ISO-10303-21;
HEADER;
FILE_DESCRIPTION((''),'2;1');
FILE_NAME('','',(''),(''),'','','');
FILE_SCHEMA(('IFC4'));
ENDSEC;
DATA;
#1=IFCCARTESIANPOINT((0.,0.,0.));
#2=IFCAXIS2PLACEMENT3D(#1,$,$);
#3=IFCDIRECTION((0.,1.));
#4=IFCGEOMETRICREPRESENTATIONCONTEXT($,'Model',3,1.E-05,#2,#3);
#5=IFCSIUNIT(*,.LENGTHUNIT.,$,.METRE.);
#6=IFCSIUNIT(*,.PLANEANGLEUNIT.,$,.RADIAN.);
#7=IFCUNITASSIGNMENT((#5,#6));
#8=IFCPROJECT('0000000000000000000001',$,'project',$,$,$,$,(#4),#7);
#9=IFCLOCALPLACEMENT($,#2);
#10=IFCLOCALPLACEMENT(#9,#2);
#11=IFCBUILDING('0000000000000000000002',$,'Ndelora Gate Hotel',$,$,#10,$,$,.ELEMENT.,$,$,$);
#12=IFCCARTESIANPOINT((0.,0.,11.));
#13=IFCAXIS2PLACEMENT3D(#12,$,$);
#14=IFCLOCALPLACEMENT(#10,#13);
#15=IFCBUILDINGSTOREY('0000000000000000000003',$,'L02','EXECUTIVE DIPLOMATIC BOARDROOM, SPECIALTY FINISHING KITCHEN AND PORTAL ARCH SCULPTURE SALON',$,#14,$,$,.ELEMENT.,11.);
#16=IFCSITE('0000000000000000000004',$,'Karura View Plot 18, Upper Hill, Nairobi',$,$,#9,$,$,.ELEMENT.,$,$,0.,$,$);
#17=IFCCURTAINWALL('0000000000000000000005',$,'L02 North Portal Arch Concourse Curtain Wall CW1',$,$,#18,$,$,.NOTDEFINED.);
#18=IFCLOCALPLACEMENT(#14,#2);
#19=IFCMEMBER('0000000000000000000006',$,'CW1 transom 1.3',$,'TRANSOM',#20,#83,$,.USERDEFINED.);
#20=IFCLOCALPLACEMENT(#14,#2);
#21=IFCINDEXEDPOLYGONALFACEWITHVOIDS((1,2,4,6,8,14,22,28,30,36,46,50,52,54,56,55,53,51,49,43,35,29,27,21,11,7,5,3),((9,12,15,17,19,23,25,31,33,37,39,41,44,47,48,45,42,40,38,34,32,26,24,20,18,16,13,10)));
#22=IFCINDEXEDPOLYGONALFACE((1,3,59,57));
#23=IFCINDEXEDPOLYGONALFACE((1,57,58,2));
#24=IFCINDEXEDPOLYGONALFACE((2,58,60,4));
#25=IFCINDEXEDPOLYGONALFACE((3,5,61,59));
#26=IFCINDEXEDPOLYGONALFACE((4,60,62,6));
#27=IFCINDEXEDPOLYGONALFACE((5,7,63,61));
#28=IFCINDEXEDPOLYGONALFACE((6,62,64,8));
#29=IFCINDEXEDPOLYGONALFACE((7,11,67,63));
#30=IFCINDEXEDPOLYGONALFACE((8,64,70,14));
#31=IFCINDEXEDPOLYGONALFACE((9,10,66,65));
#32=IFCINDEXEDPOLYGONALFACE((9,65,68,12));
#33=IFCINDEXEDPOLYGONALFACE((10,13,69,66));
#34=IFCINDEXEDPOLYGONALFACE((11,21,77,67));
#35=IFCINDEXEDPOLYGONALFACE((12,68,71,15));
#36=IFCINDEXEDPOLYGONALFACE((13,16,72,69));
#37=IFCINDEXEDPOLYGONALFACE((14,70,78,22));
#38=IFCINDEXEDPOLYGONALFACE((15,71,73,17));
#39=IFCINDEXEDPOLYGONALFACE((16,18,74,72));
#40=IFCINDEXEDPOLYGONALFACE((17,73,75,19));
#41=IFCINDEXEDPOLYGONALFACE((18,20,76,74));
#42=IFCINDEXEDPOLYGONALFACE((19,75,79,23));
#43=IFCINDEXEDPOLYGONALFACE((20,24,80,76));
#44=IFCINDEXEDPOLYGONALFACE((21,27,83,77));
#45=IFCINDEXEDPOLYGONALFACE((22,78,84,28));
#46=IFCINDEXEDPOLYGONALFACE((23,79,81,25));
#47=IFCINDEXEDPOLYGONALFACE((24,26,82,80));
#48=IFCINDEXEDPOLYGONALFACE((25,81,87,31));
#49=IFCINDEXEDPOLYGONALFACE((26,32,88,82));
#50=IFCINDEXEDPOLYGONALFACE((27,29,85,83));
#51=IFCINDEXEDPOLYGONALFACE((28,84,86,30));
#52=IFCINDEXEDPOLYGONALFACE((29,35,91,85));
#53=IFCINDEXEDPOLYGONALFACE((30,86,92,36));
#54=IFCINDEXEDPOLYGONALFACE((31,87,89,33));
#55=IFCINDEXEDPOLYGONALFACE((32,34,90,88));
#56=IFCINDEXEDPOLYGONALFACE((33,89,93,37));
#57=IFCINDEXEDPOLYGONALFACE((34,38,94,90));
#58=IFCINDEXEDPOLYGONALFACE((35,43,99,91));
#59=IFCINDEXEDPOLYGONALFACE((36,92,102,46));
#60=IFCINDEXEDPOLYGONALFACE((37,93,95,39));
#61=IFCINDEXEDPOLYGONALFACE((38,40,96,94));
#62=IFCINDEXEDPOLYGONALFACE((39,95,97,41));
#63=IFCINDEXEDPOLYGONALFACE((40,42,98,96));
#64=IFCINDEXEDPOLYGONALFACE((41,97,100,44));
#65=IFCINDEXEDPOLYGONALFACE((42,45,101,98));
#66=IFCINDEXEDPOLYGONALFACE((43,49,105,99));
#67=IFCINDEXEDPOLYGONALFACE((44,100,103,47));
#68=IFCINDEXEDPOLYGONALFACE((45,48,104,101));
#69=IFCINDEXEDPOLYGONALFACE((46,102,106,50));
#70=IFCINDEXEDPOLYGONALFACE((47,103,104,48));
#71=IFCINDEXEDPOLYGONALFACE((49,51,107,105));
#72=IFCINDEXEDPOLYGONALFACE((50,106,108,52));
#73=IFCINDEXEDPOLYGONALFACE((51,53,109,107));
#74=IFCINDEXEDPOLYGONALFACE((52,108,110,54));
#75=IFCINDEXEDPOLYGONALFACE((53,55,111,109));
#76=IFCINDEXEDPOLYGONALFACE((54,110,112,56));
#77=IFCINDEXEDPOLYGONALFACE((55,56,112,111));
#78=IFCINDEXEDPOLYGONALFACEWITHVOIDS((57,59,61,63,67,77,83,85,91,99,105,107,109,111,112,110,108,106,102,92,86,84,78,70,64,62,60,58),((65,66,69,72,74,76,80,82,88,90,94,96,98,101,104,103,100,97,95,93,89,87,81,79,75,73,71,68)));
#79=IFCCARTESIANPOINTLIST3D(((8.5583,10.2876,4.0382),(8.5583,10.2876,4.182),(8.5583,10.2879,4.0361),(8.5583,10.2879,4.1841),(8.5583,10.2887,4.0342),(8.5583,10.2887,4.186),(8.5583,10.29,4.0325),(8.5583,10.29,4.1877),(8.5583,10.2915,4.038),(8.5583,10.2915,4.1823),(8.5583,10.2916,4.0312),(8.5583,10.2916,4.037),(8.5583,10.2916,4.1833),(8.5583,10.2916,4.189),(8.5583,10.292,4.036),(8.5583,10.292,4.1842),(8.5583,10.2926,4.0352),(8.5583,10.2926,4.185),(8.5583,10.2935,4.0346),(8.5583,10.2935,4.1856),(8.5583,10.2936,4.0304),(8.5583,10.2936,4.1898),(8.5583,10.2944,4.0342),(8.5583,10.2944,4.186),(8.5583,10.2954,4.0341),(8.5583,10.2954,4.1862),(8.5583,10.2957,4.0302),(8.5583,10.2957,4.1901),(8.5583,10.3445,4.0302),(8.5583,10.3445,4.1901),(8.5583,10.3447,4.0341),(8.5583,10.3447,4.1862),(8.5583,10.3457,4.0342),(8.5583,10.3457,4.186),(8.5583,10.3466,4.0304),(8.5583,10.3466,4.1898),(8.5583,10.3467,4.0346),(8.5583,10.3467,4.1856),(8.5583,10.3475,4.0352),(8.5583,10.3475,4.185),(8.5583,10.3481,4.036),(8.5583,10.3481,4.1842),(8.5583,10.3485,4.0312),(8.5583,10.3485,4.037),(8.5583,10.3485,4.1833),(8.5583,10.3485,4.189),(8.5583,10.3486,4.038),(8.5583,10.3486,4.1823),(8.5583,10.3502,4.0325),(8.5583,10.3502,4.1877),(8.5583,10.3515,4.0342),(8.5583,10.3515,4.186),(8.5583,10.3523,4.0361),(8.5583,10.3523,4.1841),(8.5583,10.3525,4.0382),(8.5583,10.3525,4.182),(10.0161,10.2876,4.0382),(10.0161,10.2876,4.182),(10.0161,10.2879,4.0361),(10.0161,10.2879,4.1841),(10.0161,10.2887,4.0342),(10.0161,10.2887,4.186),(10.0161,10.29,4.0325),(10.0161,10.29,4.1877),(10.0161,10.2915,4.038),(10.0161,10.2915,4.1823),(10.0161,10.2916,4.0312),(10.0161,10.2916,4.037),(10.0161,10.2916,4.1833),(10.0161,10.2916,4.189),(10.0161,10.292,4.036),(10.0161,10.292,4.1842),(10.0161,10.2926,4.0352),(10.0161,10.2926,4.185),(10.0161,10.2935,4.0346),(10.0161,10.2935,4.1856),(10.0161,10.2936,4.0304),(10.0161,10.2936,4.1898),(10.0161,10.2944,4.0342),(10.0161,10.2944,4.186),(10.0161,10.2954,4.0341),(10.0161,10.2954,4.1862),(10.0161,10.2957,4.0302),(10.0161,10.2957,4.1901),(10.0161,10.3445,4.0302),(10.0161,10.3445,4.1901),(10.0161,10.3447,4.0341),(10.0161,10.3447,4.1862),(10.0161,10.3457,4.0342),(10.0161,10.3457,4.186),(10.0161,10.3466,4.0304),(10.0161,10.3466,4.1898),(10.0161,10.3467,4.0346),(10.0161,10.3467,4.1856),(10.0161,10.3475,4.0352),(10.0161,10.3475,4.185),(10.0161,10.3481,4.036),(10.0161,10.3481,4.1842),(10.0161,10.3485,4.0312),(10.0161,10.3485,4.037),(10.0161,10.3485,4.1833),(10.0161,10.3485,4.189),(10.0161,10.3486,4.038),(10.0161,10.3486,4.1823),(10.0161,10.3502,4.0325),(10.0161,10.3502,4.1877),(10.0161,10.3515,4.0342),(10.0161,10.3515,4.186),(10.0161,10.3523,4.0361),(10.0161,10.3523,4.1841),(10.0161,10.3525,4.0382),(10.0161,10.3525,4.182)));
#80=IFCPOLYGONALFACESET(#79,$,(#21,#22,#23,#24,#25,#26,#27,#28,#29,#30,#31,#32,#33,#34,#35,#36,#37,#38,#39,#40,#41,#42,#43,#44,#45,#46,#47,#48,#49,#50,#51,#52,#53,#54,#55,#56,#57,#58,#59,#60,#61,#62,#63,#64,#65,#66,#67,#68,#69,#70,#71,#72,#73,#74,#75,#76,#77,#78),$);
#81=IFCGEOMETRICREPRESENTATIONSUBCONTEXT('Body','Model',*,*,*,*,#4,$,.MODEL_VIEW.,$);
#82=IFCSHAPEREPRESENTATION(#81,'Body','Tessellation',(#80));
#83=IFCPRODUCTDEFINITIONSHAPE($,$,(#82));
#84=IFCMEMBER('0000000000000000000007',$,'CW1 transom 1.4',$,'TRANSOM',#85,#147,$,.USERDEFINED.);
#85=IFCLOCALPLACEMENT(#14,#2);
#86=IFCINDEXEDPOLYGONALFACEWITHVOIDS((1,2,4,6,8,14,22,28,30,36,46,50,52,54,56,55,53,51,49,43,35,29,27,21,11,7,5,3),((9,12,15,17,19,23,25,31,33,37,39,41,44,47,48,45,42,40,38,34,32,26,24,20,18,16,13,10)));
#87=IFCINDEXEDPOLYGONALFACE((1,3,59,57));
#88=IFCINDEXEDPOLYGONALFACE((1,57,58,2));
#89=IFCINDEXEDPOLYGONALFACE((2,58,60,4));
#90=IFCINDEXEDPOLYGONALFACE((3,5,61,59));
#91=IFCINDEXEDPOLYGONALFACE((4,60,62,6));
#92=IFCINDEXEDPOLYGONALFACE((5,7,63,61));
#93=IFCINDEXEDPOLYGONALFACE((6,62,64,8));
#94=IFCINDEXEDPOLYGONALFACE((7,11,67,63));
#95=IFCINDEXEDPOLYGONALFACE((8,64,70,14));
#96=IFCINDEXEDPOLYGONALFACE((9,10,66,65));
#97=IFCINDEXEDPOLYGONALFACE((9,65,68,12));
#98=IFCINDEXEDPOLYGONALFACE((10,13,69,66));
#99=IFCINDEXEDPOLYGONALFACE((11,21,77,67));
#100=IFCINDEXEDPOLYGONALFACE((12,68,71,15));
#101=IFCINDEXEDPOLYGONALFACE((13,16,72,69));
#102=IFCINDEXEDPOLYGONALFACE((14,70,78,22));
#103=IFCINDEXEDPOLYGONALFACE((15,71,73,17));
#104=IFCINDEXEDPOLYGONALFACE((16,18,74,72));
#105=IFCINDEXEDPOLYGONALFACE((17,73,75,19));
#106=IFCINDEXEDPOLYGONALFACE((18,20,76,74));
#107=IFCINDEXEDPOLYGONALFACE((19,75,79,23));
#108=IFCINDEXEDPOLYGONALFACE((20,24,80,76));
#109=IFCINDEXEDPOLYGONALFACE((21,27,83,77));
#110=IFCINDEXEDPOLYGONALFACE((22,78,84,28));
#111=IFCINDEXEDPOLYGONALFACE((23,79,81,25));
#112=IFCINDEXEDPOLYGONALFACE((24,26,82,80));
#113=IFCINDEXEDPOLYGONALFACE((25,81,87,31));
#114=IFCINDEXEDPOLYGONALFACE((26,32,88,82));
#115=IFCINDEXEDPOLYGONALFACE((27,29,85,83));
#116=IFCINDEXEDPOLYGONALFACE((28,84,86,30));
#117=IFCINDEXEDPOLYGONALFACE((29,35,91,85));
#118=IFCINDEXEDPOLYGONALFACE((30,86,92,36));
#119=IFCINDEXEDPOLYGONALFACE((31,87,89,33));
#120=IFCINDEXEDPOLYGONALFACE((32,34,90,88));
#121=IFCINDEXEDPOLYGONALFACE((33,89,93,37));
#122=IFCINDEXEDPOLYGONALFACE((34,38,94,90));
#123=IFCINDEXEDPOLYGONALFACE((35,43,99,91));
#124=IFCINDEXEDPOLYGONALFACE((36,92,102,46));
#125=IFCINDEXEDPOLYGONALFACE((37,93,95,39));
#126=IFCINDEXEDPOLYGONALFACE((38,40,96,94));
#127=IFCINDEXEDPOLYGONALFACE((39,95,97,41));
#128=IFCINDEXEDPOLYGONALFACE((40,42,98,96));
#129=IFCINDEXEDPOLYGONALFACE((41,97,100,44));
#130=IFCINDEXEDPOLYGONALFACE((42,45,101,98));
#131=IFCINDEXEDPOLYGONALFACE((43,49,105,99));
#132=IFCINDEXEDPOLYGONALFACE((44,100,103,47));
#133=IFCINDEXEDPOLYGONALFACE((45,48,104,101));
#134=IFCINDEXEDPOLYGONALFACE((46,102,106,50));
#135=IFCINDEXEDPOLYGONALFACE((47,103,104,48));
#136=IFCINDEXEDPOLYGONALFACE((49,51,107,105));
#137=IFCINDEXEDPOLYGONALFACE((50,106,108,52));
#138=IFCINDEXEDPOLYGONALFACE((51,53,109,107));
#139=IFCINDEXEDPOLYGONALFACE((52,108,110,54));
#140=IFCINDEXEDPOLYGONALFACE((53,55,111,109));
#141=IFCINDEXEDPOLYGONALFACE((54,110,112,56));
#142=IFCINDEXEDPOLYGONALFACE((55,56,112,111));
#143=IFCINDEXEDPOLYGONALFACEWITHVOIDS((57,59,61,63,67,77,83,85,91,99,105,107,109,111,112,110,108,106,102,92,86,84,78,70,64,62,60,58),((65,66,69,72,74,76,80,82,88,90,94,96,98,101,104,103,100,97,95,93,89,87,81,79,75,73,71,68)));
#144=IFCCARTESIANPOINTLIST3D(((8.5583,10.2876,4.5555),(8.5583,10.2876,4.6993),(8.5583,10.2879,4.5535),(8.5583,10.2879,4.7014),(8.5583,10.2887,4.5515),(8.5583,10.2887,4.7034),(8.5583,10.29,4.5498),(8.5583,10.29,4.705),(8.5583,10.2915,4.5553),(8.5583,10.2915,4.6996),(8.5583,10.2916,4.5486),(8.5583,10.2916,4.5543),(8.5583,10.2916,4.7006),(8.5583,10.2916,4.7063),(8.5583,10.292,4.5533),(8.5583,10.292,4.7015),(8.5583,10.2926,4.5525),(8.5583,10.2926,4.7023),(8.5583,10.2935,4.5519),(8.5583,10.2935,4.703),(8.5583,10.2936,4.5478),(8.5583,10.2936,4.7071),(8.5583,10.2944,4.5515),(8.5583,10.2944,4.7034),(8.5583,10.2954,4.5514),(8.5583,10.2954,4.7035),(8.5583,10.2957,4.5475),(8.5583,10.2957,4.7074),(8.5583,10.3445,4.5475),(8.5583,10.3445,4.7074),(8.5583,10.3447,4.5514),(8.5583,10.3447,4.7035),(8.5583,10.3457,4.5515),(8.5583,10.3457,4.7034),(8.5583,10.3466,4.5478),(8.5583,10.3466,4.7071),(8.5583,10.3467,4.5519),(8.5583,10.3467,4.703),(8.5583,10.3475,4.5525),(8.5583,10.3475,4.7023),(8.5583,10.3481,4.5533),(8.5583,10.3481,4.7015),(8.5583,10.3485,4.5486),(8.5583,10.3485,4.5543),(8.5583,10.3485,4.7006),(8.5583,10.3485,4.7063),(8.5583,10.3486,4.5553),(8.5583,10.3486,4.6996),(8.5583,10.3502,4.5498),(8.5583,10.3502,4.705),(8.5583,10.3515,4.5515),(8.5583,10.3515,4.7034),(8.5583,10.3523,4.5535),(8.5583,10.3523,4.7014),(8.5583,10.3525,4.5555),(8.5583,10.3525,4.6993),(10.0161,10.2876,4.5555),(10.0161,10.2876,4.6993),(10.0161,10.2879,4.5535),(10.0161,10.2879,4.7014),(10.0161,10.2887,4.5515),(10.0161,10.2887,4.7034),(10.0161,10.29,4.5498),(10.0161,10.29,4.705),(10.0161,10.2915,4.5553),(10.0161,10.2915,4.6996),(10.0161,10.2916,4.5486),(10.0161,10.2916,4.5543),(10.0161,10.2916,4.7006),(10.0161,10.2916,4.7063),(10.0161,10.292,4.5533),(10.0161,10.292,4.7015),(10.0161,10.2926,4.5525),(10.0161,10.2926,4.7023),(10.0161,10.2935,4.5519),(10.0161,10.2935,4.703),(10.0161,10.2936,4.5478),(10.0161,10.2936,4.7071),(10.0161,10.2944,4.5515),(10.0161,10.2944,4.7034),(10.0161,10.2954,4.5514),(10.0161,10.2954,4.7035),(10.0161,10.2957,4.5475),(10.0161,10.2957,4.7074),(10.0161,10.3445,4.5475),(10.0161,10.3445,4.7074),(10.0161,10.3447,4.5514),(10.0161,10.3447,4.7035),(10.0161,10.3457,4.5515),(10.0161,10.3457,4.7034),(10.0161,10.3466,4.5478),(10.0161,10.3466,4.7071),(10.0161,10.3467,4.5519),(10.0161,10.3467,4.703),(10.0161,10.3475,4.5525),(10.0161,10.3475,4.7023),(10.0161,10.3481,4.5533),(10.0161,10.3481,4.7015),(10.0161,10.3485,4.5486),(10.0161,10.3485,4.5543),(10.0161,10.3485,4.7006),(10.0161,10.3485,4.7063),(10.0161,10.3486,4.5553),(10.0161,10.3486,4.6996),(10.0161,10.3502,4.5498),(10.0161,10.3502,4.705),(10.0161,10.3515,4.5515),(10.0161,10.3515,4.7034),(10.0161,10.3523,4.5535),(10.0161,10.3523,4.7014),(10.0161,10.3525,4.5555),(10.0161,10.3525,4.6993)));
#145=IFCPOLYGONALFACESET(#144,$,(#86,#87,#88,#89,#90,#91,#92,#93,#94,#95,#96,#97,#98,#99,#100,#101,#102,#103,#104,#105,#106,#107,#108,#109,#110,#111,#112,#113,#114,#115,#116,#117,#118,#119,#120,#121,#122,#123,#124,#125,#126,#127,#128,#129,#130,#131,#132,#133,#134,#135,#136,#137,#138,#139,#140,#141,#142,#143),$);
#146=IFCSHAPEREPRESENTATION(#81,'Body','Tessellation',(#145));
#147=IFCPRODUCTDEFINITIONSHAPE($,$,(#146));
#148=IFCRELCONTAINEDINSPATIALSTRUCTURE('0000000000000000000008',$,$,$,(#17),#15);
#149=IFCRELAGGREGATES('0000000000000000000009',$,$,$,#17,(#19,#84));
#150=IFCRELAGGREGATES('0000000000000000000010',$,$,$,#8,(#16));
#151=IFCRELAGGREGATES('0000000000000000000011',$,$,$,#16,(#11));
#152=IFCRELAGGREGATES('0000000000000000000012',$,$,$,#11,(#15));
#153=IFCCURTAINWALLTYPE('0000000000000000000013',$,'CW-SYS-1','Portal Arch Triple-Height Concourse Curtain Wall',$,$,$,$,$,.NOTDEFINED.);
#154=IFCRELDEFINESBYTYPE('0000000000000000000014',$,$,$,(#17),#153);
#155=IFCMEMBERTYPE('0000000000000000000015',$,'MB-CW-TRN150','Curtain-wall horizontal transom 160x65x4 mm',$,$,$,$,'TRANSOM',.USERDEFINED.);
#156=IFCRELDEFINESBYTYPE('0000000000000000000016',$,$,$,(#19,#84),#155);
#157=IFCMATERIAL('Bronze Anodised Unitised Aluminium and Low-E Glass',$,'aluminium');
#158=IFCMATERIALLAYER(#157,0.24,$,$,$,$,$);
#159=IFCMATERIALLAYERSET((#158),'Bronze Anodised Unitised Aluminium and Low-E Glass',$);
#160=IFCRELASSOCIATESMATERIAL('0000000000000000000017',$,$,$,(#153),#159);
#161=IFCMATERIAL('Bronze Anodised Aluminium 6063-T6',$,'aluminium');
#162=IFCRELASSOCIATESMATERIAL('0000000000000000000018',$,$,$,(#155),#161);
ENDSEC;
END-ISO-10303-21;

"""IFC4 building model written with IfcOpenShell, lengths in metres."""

from ifc_helpers import new_model, si_unit, direction, frame, origin, origin_2d, place, context, subcontext, project, spatial, hollow_rectangle, extrude, material, layer, layer_set, material_profile, profile_set, type_object, element, aggregate, save


model = new_model("IFC4")

# Units and contexts
model_context = context("Model", 3, precision=1e-05, world=origin(), true_north=direction((0.0, 1.0)))
body_context = subcontext(model_context, "Body", "Model", "MODEL_VIEW")
ifc_project = project(units=[si_unit("LENGTHUNIT", "METRE"), si_unit("PLANEANGLEUNIT", "RADIAN")], contexts=[model_context])

# Site, building, storey
site_placement = place(None, origin())
site = spatial("IfcSite", under=ifc_project, at=site_placement, Name="Karura View Plot 18, Upper Hill, Nairobi", CompositionType="ELEMENT", RefElevation=0.0)
building_placement = place(site_placement, origin())
building = spatial("IfcBuilding", under=site, at=building_placement, Name="Ndelora Gate Hotel", CompositionType="ELEMENT")
storey_placement = place(building_placement, frame((0.0, 0.0, 11.0)))
storey = spatial("IfcBuildingStorey", under=building, at=storey_placement, Name="L02", Description="EXECUTIVE DIPLOMATIC BOARDROOM, SPECIALTY FINISHING KITCHEN AND PORTAL ARCH SCULPTURE SALON", CompositionType="ELEMENT", Elevation=11.0)

# Curtain wall, members
ifc_material_1 = material(Name="Bronze Anodised Unitised Aluminium and Low-E Glass", Category="aluminium")
ifc_layer_1 = layer(ifc_material_1, 0.24)
ifc_layer_set_1 = layer_set([ifc_layer_1], Name="Bronze Anodised Unitised Aluminium and Low-E Glass")
curtain_wall_type = type_object("IfcCurtainWallType", Name="CW-SYS-1", Description="Portal Arch Triple-Height Concourse Curtain Wall", PredefinedType="NOTDEFINED", material=ifc_layer_set_1)
curtain_wall_placement = place(storey_placement, origin())
curtain_wall = element("IfcCurtainWall", 1, at=curtain_wall_placement, inside=storey, type_object=curtain_wall_type, Name="L02 North Portal Arch Concourse Curtain Wall CW1", PredefinedType="NOTDEFINED")
ifc_material_2 = material(Name="Bronze Anodised Aluminium 6063-T6", Category="aluminium")
ifc_material_profile_1 = material_profile(ifc_material_2, hollow_rectangle(XDim=0.0649, YDim=0.1599, WallThickness=0.0039, InnerFilletRadius=0.0039, OuterFilletRadius=0.0081, at=origin_2d()), Name="ALU 160x65x4")
ifc_profile_set_1 = profile_set([ifc_material_profile_1], Name="Bronze Anodised Aluminium 6063-T6")
member_type_1 = type_object("IfcMemberType", Name="MB-CW-TRN150", Description="Curtain-wall horizontal transom 160x65x4 mm", ElementType="TRANSOM", PredefinedType="USERDEFINED", material=ifc_profile_set_1)
member_1_placement = place(storey_placement, frame((10.0161, 10.3201, 4.1101), z_axis=(-1.0, 0.0, 0.0), x_axis=(0.0, -1.0, 0.0)))
member_1 = element("IfcMember", 2, at=member_1_placement, type_object=member_type_1, Name="CW1 transom 1.3", ObjectType="TRANSOM", PredefinedType="USERDEFINED", context=body_context, shape_type="SweptSolid", body=[
    extrude(hollow_rectangle(XDim=0.0649, YDim=0.1599, WallThickness=0.0039, InnerFilletRadius=0.0039, OuterFilletRadius=0.0081, at=origin_2d()), origin(), (0.0, 0.0, 1.0), 1.4578),
])
member_2_placement = place(storey_placement, frame((10.0161, 10.3201, 4.6274), z_axis=(-1.0, 0.0, 0.0), x_axis=(0.0, -1.0, 0.0)))
member_2 = element("IfcMember", 3, at=member_2_placement, type_object=member_type_1, Name="CW1 transom 1.4", ObjectType="TRANSOM", PredefinedType="USERDEFINED", context=body_context, shape_type="SweptSolid", body=[
    extrude(hollow_rectangle(XDim=0.0649, YDim=0.1599, WallThickness=0.0039, InnerFilletRadius=0.0039, OuterFilletRadius=0.0081, at=origin_2d()), origin(), (0.0, 0.0, 1.0), 1.4578),
])
aggregate(curtain_wall, [member_1, member_2])

save(model, "model.ifc")
